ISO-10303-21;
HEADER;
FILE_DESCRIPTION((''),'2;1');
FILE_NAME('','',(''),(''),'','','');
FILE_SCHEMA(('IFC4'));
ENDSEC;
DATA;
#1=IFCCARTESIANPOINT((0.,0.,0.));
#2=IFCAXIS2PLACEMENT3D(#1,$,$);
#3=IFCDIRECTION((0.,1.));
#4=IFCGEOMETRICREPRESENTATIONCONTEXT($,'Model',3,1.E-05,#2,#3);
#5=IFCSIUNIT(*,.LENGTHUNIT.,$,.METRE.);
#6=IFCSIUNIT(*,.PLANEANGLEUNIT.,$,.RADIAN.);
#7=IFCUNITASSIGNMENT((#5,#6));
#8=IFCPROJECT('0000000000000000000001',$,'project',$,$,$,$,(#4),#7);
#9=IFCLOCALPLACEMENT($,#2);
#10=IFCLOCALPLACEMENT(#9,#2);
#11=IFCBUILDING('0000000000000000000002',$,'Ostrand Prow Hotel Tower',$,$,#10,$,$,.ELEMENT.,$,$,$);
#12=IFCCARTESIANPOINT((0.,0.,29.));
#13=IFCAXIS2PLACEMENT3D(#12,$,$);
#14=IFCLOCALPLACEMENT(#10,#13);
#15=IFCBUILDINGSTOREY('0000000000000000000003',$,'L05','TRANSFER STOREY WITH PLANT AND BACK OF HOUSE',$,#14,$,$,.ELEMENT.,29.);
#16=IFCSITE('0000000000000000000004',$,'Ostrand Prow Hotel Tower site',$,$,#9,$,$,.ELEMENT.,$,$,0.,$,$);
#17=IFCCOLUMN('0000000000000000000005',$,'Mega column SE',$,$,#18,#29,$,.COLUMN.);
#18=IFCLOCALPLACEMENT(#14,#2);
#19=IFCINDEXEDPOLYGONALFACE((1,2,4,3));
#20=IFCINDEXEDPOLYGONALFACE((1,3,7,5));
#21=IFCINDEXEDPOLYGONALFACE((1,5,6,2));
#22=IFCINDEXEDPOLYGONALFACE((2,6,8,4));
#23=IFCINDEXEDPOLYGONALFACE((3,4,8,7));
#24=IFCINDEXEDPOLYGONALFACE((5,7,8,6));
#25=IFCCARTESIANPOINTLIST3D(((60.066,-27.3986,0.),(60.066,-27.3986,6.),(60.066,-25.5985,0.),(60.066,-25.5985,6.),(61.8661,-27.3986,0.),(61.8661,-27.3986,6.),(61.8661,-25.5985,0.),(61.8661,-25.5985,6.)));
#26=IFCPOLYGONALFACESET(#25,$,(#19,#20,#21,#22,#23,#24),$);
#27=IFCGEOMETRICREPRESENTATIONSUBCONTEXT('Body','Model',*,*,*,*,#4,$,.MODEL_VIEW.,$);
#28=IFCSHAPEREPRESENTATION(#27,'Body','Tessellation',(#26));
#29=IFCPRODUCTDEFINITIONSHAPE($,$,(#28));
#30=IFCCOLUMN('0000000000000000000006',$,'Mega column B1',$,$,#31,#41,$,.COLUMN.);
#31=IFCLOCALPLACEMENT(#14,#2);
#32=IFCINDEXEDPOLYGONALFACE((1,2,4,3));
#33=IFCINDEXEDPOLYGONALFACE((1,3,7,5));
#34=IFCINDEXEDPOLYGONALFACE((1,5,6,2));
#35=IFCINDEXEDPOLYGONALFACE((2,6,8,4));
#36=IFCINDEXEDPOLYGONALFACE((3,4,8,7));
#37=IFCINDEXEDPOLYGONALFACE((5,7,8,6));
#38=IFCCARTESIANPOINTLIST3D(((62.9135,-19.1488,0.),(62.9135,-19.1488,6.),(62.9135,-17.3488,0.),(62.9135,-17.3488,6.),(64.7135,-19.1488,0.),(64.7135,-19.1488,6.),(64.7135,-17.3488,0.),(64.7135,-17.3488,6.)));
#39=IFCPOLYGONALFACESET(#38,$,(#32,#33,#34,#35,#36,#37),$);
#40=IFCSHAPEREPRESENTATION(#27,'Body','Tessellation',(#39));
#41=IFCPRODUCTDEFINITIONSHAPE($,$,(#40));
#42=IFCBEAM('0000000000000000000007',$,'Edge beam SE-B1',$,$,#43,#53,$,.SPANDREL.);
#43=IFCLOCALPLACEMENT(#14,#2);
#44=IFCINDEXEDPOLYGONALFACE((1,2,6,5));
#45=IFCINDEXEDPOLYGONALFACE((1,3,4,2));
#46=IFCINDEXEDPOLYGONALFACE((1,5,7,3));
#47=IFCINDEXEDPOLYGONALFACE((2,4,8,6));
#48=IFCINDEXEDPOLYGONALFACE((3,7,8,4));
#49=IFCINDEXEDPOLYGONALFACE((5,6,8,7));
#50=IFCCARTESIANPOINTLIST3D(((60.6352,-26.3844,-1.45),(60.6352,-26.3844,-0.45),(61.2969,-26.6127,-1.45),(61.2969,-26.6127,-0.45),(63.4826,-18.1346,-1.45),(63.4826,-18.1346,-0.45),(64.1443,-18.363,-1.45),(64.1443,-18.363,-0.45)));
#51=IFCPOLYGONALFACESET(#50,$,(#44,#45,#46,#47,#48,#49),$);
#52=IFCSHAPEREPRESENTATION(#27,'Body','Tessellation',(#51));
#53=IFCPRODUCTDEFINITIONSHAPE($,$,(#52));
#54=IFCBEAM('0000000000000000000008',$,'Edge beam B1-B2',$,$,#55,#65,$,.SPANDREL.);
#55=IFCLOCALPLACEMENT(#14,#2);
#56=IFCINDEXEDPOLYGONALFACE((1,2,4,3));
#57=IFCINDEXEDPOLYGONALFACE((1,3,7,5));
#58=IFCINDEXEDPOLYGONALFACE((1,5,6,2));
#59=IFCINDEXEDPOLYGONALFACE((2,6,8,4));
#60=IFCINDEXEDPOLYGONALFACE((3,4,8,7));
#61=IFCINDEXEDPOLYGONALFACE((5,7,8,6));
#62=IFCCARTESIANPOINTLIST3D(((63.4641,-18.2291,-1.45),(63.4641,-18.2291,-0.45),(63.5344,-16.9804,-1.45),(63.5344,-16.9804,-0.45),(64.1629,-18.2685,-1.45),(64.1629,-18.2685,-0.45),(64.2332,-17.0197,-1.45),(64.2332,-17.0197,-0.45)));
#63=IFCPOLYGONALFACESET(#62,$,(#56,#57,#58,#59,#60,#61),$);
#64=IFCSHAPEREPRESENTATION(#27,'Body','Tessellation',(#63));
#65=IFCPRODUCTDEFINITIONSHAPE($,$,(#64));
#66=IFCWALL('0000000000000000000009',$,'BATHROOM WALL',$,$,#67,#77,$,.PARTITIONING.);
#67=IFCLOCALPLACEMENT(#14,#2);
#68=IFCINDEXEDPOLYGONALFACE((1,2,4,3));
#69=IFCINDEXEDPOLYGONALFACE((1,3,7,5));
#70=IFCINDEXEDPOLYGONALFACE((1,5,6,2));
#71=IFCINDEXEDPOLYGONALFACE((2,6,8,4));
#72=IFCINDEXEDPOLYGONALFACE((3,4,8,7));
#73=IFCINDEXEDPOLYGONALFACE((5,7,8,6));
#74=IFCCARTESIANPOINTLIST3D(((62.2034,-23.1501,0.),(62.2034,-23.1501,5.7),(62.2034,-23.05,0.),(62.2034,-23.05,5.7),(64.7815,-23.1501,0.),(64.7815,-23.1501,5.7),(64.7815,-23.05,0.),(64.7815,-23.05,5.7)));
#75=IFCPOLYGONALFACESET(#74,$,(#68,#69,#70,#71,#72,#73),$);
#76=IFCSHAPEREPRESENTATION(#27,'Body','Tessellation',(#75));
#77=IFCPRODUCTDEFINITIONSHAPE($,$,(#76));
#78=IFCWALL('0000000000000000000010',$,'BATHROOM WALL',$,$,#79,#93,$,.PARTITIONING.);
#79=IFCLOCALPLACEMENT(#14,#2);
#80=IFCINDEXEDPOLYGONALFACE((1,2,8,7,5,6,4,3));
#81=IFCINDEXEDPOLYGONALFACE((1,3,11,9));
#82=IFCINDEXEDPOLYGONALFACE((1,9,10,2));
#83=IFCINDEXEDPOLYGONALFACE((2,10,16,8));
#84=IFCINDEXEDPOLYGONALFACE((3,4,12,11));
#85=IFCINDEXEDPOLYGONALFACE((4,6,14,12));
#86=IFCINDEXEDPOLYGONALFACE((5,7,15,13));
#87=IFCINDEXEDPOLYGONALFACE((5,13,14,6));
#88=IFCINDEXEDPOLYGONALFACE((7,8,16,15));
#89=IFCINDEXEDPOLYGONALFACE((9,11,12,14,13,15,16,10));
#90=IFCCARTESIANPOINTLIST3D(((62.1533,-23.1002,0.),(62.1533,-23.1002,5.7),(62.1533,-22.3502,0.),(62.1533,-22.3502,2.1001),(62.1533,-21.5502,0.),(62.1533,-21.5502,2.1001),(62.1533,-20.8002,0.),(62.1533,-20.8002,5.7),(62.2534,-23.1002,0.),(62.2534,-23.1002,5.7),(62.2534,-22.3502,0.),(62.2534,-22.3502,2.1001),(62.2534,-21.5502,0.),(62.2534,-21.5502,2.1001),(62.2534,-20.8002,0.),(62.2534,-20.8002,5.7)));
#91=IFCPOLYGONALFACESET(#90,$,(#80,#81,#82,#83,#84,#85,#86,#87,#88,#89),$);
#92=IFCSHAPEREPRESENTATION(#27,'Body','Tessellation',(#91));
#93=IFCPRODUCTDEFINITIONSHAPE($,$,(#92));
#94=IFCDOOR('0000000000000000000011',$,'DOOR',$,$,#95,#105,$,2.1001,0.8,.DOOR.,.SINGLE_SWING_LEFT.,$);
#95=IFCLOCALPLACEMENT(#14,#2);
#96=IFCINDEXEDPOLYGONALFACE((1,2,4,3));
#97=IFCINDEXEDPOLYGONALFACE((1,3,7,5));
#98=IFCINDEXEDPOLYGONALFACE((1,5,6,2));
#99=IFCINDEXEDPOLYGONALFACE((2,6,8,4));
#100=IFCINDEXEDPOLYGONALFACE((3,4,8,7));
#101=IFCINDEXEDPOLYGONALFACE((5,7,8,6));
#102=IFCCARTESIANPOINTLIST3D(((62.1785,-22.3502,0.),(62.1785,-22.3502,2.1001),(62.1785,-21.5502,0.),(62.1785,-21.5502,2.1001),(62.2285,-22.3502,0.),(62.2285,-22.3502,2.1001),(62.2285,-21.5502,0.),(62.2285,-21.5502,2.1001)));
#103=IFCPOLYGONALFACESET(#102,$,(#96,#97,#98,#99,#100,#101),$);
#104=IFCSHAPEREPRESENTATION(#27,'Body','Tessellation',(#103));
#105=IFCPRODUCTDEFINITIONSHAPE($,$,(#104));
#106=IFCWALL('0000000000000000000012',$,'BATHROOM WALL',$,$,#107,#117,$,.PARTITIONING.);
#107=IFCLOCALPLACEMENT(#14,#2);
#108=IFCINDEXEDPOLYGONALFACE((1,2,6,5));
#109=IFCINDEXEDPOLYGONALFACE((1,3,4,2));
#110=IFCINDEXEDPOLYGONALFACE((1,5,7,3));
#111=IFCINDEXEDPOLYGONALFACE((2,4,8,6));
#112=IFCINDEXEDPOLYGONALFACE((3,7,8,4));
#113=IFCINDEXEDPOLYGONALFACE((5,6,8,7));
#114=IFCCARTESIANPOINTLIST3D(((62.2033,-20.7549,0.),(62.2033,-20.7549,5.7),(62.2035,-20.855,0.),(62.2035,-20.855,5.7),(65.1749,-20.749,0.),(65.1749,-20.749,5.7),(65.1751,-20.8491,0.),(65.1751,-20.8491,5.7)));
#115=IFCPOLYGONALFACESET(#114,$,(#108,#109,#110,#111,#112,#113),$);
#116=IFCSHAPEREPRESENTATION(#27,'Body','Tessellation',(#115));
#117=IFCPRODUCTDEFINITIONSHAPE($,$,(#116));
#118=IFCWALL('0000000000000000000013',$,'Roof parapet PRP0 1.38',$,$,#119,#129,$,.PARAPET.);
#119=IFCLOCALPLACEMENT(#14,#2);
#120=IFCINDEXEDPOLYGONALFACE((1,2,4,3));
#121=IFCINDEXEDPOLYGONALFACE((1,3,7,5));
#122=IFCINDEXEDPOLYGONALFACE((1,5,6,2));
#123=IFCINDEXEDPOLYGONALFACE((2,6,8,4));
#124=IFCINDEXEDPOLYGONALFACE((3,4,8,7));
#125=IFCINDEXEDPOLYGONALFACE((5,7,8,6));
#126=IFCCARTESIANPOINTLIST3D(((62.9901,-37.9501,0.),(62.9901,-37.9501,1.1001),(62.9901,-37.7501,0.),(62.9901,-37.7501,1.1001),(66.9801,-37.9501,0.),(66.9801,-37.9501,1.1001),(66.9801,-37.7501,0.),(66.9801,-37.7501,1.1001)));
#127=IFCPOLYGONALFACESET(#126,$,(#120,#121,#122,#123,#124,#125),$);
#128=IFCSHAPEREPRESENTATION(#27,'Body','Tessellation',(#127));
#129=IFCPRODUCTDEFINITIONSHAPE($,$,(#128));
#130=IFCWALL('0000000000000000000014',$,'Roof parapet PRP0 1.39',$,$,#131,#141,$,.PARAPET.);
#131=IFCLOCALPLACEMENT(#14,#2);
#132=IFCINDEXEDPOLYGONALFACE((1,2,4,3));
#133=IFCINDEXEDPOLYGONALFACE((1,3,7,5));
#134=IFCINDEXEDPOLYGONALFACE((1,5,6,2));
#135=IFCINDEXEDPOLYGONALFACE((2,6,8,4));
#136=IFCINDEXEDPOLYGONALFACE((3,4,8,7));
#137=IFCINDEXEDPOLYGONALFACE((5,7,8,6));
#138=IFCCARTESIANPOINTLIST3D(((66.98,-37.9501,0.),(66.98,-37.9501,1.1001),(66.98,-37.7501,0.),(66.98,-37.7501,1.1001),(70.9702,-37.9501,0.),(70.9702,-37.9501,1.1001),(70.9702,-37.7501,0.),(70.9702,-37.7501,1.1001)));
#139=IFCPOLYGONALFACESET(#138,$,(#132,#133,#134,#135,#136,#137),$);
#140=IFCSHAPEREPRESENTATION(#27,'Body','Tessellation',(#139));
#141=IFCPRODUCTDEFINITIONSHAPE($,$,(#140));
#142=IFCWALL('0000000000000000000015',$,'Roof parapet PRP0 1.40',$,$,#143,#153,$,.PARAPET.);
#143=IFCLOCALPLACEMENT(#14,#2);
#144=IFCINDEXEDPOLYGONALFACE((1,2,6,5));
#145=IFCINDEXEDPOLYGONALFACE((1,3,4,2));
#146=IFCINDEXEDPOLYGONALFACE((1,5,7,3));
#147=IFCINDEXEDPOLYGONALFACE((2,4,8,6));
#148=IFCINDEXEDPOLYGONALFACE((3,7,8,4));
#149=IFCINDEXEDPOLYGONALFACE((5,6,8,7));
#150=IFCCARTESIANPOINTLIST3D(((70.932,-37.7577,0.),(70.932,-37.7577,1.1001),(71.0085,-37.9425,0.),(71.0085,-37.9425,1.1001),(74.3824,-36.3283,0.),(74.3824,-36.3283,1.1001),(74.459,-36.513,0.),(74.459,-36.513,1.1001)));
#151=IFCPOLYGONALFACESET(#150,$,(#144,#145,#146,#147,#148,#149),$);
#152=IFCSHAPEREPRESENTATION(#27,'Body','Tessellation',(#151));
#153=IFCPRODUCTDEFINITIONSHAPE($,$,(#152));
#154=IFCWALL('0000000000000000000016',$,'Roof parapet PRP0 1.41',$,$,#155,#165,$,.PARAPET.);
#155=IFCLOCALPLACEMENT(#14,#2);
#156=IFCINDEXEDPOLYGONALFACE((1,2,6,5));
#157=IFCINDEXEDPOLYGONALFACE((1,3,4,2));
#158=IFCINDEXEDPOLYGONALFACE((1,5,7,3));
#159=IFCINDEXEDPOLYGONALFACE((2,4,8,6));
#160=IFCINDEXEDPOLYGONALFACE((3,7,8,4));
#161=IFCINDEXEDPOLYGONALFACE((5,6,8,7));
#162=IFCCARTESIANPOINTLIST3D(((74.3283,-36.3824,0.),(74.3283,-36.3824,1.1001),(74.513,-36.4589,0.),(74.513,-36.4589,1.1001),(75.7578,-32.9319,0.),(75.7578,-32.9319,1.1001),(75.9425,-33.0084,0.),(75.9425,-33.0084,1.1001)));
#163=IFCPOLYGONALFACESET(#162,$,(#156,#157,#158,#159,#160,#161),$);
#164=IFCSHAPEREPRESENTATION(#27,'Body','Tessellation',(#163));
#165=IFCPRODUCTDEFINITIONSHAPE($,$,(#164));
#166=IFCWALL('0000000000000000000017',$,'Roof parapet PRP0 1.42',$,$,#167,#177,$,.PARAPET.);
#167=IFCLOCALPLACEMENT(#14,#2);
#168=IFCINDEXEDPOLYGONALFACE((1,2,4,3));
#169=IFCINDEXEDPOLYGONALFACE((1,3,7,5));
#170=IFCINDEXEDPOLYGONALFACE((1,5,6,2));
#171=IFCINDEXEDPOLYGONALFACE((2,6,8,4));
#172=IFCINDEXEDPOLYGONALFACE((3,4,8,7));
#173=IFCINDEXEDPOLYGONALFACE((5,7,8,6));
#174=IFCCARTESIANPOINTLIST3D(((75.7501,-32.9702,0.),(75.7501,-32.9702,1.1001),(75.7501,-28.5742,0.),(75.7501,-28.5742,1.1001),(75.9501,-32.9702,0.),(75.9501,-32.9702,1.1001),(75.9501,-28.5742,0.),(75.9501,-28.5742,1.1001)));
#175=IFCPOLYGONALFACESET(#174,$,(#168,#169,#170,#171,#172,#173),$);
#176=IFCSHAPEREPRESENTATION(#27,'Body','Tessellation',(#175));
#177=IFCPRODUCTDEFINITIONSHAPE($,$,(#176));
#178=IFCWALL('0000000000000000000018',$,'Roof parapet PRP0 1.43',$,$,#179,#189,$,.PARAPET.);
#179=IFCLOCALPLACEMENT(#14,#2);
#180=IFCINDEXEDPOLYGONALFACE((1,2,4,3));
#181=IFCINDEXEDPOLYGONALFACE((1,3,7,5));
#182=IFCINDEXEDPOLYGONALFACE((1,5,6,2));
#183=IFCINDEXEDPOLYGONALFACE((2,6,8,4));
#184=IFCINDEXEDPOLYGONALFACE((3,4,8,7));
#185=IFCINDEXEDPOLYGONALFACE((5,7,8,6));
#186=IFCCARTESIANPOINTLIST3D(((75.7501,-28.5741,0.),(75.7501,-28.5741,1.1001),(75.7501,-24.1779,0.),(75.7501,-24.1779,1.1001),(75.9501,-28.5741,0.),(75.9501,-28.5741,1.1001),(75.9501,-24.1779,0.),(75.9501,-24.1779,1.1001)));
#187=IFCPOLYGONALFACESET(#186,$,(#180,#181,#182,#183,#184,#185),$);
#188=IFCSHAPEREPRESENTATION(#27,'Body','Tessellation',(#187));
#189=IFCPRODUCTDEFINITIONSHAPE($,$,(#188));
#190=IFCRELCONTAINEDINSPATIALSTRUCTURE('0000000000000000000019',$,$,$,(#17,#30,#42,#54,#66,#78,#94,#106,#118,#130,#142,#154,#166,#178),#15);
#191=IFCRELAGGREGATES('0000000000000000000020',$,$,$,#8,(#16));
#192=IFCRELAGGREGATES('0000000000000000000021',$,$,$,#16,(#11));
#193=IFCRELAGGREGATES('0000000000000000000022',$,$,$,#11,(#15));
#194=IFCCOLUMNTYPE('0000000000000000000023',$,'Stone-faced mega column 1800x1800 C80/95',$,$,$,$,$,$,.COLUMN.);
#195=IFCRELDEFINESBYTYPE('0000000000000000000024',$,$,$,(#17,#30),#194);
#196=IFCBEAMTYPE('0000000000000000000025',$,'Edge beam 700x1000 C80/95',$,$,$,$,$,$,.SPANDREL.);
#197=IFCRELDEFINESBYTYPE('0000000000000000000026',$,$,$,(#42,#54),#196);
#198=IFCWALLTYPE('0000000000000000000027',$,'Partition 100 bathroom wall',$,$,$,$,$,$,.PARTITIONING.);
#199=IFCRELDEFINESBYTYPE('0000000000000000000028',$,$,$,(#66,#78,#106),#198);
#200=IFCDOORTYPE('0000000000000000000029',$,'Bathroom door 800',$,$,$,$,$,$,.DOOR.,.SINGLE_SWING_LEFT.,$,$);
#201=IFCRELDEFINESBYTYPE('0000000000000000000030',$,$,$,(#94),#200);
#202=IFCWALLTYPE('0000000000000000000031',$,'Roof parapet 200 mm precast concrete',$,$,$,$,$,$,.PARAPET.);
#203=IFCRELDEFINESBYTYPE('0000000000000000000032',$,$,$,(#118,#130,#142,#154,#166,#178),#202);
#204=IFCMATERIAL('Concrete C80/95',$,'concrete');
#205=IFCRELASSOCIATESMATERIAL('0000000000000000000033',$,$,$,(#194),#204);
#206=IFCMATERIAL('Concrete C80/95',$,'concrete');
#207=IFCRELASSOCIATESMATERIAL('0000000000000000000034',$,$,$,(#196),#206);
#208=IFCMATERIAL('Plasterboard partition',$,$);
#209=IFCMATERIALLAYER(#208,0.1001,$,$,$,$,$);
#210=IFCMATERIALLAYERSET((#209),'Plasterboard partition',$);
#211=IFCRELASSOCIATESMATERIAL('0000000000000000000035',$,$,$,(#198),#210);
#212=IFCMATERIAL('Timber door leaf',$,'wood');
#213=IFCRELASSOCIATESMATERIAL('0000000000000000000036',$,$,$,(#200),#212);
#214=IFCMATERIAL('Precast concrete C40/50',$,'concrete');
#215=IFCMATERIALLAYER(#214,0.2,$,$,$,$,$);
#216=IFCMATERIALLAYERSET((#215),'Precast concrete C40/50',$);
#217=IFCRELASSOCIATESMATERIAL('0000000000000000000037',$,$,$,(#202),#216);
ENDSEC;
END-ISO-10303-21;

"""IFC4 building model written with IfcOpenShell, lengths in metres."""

from ifc_helpers import new_model, si_unit, direction, frame, frame_2d, origin, origin_2d, place, context, subcontext, project, spatial, rectangle, extrude, material, layer, layer_set, material_profile, profile_set, type_object, element, fill, save


model = new_model("IFC4")

# Units and contexts
model_context = context("Model", 3, precision=1e-05, world=origin(), true_north=direction((0.0, 1.0)))
body_context = subcontext(model_context, "Body", "Model", "MODEL_VIEW")
ifc_project = project(units=[si_unit("LENGTHUNIT", "METRE"), si_unit("PLANEANGLEUNIT", "RADIAN")], contexts=[model_context])

# Site, building, storey
site_placement = place(None, origin())
site = spatial("IfcSite", under=ifc_project, at=site_placement, Name="Ostrand Prow Hotel Tower site", CompositionType="ELEMENT", RefElevation=0.0)
building_placement = place(site_placement, origin())
building = spatial("IfcBuilding", under=site, at=building_placement, Name="Ostrand Prow Hotel Tower", CompositionType="ELEMENT")
storey_placement = place(building_placement, frame((0.0, 0.0, 29.0)))
storey = spatial("IfcBuildingStorey", under=building, at=storey_placement, Name="L05", Description="TRANSFER STOREY WITH PLANT AND BACK OF HOUSE", CompositionType="ELEMENT", Elevation=29.0)

# Columns
ifc_material_1 = material(Name="Concrete C80/95", Category="concrete")
ifc_material_profile_1 = material_profile(ifc_material_1, rectangle(XDim=1.8, YDim=1.8, at=origin_2d()), Name="RC 1800x1800")
ifc_profile_set_1 = profile_set([ifc_material_profile_1], Name="Concrete C80/95")
column_type = type_object("IfcColumnType", Name="Stone-faced mega column 1800x1800 C80/95", PredefinedType="COLUMN", material=ifc_profile_set_1)
for number, where, z_axis, x_axis, name in (
    (1, (60.9661, -26.4985, 0.0), (0.0, 0.0, 1.0), (1.0, 0.0, 0.0), "Mega column SE"),
    (2, (63.8135, -18.2488, 0.0), (0.0, 0.0, 1.0), (1.0, 0.0, 0.0), "Mega column B1"),
):
    element("IfcColumn", number, at=place(storey_placement, frame(where, z_axis=z_axis, x_axis=x_axis)), inside=storey, type_object=column_type, Name=name, PredefinedType="COLUMN", context=body_context, shape_type="SweptSolid", body=[
        extrude(rectangle(XDim=1.8, YDim=1.8, at=origin_2d()), origin(), (0.0, 0.0, 1.0), 6.0),
    ])

# Beams
ifc_material_2 = material(Name="Concrete C80/95", Category="concrete")
ifc_material_profile_2 = material_profile(ifc_material_2, rectangle(XDim=0.7, YDim=1.0, at=origin_2d()), Name="RC 700x1000")
ifc_profile_set_2 = profile_set([ifc_material_profile_2], Name="Concrete C80/95")
beam_type = type_object("IfcBeamType", Name="Edge beam 700x1000 C80/95", PredefinedType="SPANDREL", material=ifc_profile_set_2)
beam_1_placement = place(storey_placement, frame((60.9661, -26.4985, -0.95), z_axis=(0.326264, 0.945279, 0.0), x_axis=(-0.945279, 0.326264, 0.0)))
element("IfcBeam", 3, at=beam_1_placement, inside=storey, type_object=beam_type, Name="Edge beam SE-B1", PredefinedType="SPANDREL", context=body_context, shape_type="SweptSolid", body=[
    extrude(rectangle(XDim=0.7, YDim=1.0, at=origin_2d()), origin(), (0.0, 0.0, 1.0), 8.7273),
])
beam_2_placement = place(storey_placement, frame((63.8135, -18.2488, -0.95), z_axis=(0.056216, 0.998419, 0.0), x_axis=(-0.998419, 0.056216, 0.0)))
element("IfcBeam", 4, at=beam_2_placement, inside=storey, type_object=beam_type, Name="Edge beam B1-B2", PredefinedType="SPANDREL", context=body_context, shape_type="SweptSolid", body=[
    extrude(rectangle(XDim=0.7, YDim=1.0, at=origin_2d()), origin(), (0.0, 0.0, 1.0), 1.2507),
])

# Wall
ifc_material_3 = material(Name="Plasterboard partition")
ifc_layer_1 = layer(ifc_material_3, 0.1001)
ifc_layer_set_1 = layer_set([ifc_layer_1], Name="Plasterboard partition")
wall_type_1 = type_object("IfcWallType", Name="Partition 100 bathroom wall", PredefinedType="PARTITIONING", material=ifc_layer_set_1)
wall_1_placement = place(storey_placement, frame((64.7815, -23.1001, 0.0), z_axis=(0.0, 0.0, 1.0), x_axis=(-1.0, 0.0, 0.0)))
element("IfcWall", 5, at=wall_1_placement, inside=storey, type_object=wall_type_1, Name="BATHROOM WALL", PredefinedType="PARTITIONING", context=body_context, shape_type="SweptSolid", body=[
    extrude(rectangle(XDim=2.5781, YDim=0.1001, at=frame_2d((1.2891, 0.0))), origin(), (0.0, 0.0, 1.0), 5.7),
])

# Wall, opening, door
wall_2_placement = place(storey_placement, frame((62.2034, -23.1001, 0.0), z_axis=(0.0, 0.0, 1.0), x_axis=(0.0, 1.0, 0.0)))
wall_2 = element("IfcWall", 6, at=wall_2_placement, inside=storey, type_object=wall_type_1, Name="BATHROOM WALL", PredefinedType="PARTITIONING", context=body_context, shape_type="SweptSolid", body=[
    extrude(rectangle(XDim=2.3, YDim=0.1001, at=frame_2d((1.1499, 0.0))), origin(), (0.0, 0.0, 1.0), 5.7),
])
opening_placement = place(wall_2_placement, frame((0.75, 0.0, 0.0)))
opening = element("IfcOpeningElement", 7, at=opening_placement, cuts=wall_2, PredefinedType="OPENING", context=body_context, shape_type="SweptSolid", body=[
    extrude(rectangle(XDim=0.8, YDim=2.1001, at=frame_2d((0.3999, 1.05))), frame((0.0, 0.0601, 0.0), z_axis=(0.0, -1.0, 0.0), x_axis=(1.0, 0.0, 0.0)), (0.0, 0.0, 1.0), 0.1201),
])
ifc_material_4 = material(Name="Timber door leaf", Category="wood")
door_type = type_object("IfcDoorType", Name="Bathroom door 800", OperationType="SINGLE_SWING_LEFT", PredefinedType="DOOR", material=ifc_material_4)
door_placement = place(opening_placement, origin())
door = element("IfcDoor", 8, at=door_placement, inside=storey, type_object=door_type, Name="DOOR", OperationType="SINGLE_SWING_LEFT", OverallHeight=2.1001, OverallWidth=0.8, PredefinedType="DOOR", context=body_context, shape_type="SweptSolid", body=[
    extrude(rectangle(XDim=0.8, YDim=2.1001, at=frame_2d((0.3999, 1.05))), frame((0.0, 0.0249, 0.0), z_axis=(0.0, -1.0, 0.0), x_axis=(1.0, 0.0, 0.0)), (0.0, 0.0, 1.0), 0.05),
])
fill(opening, door)

# Walls
wall_3_placement = place(storey_placement, frame((62.2034, -20.8049, 0.0), z_axis=(0.0, 0.0, 1.0), x_axis=(0.999998, 0.001972, 0.0)))
element("IfcWall", 9, at=wall_3_placement, inside=storey, type_object=wall_type_1, Name="BATHROOM WALL", PredefinedType="PARTITIONING", context=body_context, shape_type="SweptSolid", body=[
    extrude(rectangle(XDim=2.9717, YDim=0.1001, at=frame_2d((1.4858, 0.0))), origin(), (0.0, 0.0, 1.0), 5.7),
])
ifc_material_5 = material(Name="Precast concrete C40/50", Category="concrete")
ifc_layer_2 = layer(ifc_material_5, 0.2)
ifc_layer_set_2 = layer_set([ifc_layer_2], Name="Precast concrete C40/50")
wall_type_2 = type_object("IfcWallType", Name="Roof parapet 200 mm precast concrete", PredefinedType="PARAPET", material=ifc_layer_set_2)
wall_4_placement = place(storey_placement, frame((62.99, -37.8501, 0.0), z_axis=(0.0, 0.0, 1.0), x_axis=(1.0, 0.0, 0.0)))
element("IfcWall", 10, at=wall_4_placement, inside=storey, type_object=wall_type_2, Name="Roof parapet PRP0 1.38", PredefinedType="PARAPET", context=body_context, shape_type="SweptSolid", body=[
    extrude(rectangle(XDim=3.99, YDim=0.2, at=frame_2d((1.9951, 0.0))), origin(), (0.0, 0.0, 1.0), 1.1001),
])
wall_5_placement = place(storey_placement, frame((66.98, -37.8501, 0.0), z_axis=(0.0, 0.0, 1.0), x_axis=(1.0, 0.0, 0.0)))
element("IfcWall", 11, at=wall_5_placement, inside=storey, type_object=wall_type_2, Name="Roof parapet PRP0 1.39", PredefinedType="PARAPET", context=body_context, shape_type="SweptSolid", body=[
    extrude(rectangle(XDim=3.9902, YDim=0.2, at=frame_2d((1.9951, 0.0))), origin(), (0.0, 0.0, 1.0), 1.1001),
])
for number, where, z_axis, x_axis, name in (
    (12, (70.9702, -37.8501, 0.0), (0.0, 0.0, 1.0), (0.923858, 0.382735, 0.0), "Roof parapet PRP0 1.40"),
    (13, (74.4207, -36.4207, 0.0), (0.0, 0.0, 1.0), (0.382735, 0.923858, 0.0), "Roof parapet PRP0 1.41"),
):
    element("IfcWall", number, at=place(storey_placement, frame(where, z_axis=z_axis, x_axis=x_axis)), inside=storey, type_object=wall_type_2, Name=name, PredefinedType="PARAPET", context=body_context, shape_type="SweptSolid", body=[
        extrude(rectangle(XDim=3.7349, YDim=0.2, at=frame_2d((1.8674, 0.0))), origin(), (0.0, 0.0, 1.0), 1.1001),
    ])
wall_6_placement = place(storey_placement, frame((75.8501, -32.9702, 0.0), z_axis=(0.0, 0.0, 1.0), x_axis=(0.0, 1.0, 0.0)))
element("IfcWall", 14, at=wall_6_placement, inside=storey, type_object=wall_type_2, Name="Roof parapet PRP0 1.42", PredefinedType="PARAPET", context=body_context, shape_type="SweptSolid", body=[
    extrude(rectangle(XDim=4.396, YDim=0.2, at=frame_2d((2.198, 0.0))), origin(), (0.0, 0.0, 1.0), 1.1001),
])
wall_7_placement = place(storey_placement, frame((75.8501, -28.5742, 0.0), z_axis=(0.0, 0.0, 1.0), x_axis=(0.0, 1.0, 0.0)))
element("IfcWall", 15, at=wall_7_placement, inside=storey, type_object=wall_type_2, Name="Roof parapet PRP0 1.43", PredefinedType="PARAPET", context=body_context, shape_type="SweptSolid", body=[
    extrude(rectangle(XDim=4.3962, YDim=0.2, at=frame_2d((2.1982, 0.0))), origin(), (0.0, 0.0, 1.0), 1.1001),
])

save(model, "model.ifc")
